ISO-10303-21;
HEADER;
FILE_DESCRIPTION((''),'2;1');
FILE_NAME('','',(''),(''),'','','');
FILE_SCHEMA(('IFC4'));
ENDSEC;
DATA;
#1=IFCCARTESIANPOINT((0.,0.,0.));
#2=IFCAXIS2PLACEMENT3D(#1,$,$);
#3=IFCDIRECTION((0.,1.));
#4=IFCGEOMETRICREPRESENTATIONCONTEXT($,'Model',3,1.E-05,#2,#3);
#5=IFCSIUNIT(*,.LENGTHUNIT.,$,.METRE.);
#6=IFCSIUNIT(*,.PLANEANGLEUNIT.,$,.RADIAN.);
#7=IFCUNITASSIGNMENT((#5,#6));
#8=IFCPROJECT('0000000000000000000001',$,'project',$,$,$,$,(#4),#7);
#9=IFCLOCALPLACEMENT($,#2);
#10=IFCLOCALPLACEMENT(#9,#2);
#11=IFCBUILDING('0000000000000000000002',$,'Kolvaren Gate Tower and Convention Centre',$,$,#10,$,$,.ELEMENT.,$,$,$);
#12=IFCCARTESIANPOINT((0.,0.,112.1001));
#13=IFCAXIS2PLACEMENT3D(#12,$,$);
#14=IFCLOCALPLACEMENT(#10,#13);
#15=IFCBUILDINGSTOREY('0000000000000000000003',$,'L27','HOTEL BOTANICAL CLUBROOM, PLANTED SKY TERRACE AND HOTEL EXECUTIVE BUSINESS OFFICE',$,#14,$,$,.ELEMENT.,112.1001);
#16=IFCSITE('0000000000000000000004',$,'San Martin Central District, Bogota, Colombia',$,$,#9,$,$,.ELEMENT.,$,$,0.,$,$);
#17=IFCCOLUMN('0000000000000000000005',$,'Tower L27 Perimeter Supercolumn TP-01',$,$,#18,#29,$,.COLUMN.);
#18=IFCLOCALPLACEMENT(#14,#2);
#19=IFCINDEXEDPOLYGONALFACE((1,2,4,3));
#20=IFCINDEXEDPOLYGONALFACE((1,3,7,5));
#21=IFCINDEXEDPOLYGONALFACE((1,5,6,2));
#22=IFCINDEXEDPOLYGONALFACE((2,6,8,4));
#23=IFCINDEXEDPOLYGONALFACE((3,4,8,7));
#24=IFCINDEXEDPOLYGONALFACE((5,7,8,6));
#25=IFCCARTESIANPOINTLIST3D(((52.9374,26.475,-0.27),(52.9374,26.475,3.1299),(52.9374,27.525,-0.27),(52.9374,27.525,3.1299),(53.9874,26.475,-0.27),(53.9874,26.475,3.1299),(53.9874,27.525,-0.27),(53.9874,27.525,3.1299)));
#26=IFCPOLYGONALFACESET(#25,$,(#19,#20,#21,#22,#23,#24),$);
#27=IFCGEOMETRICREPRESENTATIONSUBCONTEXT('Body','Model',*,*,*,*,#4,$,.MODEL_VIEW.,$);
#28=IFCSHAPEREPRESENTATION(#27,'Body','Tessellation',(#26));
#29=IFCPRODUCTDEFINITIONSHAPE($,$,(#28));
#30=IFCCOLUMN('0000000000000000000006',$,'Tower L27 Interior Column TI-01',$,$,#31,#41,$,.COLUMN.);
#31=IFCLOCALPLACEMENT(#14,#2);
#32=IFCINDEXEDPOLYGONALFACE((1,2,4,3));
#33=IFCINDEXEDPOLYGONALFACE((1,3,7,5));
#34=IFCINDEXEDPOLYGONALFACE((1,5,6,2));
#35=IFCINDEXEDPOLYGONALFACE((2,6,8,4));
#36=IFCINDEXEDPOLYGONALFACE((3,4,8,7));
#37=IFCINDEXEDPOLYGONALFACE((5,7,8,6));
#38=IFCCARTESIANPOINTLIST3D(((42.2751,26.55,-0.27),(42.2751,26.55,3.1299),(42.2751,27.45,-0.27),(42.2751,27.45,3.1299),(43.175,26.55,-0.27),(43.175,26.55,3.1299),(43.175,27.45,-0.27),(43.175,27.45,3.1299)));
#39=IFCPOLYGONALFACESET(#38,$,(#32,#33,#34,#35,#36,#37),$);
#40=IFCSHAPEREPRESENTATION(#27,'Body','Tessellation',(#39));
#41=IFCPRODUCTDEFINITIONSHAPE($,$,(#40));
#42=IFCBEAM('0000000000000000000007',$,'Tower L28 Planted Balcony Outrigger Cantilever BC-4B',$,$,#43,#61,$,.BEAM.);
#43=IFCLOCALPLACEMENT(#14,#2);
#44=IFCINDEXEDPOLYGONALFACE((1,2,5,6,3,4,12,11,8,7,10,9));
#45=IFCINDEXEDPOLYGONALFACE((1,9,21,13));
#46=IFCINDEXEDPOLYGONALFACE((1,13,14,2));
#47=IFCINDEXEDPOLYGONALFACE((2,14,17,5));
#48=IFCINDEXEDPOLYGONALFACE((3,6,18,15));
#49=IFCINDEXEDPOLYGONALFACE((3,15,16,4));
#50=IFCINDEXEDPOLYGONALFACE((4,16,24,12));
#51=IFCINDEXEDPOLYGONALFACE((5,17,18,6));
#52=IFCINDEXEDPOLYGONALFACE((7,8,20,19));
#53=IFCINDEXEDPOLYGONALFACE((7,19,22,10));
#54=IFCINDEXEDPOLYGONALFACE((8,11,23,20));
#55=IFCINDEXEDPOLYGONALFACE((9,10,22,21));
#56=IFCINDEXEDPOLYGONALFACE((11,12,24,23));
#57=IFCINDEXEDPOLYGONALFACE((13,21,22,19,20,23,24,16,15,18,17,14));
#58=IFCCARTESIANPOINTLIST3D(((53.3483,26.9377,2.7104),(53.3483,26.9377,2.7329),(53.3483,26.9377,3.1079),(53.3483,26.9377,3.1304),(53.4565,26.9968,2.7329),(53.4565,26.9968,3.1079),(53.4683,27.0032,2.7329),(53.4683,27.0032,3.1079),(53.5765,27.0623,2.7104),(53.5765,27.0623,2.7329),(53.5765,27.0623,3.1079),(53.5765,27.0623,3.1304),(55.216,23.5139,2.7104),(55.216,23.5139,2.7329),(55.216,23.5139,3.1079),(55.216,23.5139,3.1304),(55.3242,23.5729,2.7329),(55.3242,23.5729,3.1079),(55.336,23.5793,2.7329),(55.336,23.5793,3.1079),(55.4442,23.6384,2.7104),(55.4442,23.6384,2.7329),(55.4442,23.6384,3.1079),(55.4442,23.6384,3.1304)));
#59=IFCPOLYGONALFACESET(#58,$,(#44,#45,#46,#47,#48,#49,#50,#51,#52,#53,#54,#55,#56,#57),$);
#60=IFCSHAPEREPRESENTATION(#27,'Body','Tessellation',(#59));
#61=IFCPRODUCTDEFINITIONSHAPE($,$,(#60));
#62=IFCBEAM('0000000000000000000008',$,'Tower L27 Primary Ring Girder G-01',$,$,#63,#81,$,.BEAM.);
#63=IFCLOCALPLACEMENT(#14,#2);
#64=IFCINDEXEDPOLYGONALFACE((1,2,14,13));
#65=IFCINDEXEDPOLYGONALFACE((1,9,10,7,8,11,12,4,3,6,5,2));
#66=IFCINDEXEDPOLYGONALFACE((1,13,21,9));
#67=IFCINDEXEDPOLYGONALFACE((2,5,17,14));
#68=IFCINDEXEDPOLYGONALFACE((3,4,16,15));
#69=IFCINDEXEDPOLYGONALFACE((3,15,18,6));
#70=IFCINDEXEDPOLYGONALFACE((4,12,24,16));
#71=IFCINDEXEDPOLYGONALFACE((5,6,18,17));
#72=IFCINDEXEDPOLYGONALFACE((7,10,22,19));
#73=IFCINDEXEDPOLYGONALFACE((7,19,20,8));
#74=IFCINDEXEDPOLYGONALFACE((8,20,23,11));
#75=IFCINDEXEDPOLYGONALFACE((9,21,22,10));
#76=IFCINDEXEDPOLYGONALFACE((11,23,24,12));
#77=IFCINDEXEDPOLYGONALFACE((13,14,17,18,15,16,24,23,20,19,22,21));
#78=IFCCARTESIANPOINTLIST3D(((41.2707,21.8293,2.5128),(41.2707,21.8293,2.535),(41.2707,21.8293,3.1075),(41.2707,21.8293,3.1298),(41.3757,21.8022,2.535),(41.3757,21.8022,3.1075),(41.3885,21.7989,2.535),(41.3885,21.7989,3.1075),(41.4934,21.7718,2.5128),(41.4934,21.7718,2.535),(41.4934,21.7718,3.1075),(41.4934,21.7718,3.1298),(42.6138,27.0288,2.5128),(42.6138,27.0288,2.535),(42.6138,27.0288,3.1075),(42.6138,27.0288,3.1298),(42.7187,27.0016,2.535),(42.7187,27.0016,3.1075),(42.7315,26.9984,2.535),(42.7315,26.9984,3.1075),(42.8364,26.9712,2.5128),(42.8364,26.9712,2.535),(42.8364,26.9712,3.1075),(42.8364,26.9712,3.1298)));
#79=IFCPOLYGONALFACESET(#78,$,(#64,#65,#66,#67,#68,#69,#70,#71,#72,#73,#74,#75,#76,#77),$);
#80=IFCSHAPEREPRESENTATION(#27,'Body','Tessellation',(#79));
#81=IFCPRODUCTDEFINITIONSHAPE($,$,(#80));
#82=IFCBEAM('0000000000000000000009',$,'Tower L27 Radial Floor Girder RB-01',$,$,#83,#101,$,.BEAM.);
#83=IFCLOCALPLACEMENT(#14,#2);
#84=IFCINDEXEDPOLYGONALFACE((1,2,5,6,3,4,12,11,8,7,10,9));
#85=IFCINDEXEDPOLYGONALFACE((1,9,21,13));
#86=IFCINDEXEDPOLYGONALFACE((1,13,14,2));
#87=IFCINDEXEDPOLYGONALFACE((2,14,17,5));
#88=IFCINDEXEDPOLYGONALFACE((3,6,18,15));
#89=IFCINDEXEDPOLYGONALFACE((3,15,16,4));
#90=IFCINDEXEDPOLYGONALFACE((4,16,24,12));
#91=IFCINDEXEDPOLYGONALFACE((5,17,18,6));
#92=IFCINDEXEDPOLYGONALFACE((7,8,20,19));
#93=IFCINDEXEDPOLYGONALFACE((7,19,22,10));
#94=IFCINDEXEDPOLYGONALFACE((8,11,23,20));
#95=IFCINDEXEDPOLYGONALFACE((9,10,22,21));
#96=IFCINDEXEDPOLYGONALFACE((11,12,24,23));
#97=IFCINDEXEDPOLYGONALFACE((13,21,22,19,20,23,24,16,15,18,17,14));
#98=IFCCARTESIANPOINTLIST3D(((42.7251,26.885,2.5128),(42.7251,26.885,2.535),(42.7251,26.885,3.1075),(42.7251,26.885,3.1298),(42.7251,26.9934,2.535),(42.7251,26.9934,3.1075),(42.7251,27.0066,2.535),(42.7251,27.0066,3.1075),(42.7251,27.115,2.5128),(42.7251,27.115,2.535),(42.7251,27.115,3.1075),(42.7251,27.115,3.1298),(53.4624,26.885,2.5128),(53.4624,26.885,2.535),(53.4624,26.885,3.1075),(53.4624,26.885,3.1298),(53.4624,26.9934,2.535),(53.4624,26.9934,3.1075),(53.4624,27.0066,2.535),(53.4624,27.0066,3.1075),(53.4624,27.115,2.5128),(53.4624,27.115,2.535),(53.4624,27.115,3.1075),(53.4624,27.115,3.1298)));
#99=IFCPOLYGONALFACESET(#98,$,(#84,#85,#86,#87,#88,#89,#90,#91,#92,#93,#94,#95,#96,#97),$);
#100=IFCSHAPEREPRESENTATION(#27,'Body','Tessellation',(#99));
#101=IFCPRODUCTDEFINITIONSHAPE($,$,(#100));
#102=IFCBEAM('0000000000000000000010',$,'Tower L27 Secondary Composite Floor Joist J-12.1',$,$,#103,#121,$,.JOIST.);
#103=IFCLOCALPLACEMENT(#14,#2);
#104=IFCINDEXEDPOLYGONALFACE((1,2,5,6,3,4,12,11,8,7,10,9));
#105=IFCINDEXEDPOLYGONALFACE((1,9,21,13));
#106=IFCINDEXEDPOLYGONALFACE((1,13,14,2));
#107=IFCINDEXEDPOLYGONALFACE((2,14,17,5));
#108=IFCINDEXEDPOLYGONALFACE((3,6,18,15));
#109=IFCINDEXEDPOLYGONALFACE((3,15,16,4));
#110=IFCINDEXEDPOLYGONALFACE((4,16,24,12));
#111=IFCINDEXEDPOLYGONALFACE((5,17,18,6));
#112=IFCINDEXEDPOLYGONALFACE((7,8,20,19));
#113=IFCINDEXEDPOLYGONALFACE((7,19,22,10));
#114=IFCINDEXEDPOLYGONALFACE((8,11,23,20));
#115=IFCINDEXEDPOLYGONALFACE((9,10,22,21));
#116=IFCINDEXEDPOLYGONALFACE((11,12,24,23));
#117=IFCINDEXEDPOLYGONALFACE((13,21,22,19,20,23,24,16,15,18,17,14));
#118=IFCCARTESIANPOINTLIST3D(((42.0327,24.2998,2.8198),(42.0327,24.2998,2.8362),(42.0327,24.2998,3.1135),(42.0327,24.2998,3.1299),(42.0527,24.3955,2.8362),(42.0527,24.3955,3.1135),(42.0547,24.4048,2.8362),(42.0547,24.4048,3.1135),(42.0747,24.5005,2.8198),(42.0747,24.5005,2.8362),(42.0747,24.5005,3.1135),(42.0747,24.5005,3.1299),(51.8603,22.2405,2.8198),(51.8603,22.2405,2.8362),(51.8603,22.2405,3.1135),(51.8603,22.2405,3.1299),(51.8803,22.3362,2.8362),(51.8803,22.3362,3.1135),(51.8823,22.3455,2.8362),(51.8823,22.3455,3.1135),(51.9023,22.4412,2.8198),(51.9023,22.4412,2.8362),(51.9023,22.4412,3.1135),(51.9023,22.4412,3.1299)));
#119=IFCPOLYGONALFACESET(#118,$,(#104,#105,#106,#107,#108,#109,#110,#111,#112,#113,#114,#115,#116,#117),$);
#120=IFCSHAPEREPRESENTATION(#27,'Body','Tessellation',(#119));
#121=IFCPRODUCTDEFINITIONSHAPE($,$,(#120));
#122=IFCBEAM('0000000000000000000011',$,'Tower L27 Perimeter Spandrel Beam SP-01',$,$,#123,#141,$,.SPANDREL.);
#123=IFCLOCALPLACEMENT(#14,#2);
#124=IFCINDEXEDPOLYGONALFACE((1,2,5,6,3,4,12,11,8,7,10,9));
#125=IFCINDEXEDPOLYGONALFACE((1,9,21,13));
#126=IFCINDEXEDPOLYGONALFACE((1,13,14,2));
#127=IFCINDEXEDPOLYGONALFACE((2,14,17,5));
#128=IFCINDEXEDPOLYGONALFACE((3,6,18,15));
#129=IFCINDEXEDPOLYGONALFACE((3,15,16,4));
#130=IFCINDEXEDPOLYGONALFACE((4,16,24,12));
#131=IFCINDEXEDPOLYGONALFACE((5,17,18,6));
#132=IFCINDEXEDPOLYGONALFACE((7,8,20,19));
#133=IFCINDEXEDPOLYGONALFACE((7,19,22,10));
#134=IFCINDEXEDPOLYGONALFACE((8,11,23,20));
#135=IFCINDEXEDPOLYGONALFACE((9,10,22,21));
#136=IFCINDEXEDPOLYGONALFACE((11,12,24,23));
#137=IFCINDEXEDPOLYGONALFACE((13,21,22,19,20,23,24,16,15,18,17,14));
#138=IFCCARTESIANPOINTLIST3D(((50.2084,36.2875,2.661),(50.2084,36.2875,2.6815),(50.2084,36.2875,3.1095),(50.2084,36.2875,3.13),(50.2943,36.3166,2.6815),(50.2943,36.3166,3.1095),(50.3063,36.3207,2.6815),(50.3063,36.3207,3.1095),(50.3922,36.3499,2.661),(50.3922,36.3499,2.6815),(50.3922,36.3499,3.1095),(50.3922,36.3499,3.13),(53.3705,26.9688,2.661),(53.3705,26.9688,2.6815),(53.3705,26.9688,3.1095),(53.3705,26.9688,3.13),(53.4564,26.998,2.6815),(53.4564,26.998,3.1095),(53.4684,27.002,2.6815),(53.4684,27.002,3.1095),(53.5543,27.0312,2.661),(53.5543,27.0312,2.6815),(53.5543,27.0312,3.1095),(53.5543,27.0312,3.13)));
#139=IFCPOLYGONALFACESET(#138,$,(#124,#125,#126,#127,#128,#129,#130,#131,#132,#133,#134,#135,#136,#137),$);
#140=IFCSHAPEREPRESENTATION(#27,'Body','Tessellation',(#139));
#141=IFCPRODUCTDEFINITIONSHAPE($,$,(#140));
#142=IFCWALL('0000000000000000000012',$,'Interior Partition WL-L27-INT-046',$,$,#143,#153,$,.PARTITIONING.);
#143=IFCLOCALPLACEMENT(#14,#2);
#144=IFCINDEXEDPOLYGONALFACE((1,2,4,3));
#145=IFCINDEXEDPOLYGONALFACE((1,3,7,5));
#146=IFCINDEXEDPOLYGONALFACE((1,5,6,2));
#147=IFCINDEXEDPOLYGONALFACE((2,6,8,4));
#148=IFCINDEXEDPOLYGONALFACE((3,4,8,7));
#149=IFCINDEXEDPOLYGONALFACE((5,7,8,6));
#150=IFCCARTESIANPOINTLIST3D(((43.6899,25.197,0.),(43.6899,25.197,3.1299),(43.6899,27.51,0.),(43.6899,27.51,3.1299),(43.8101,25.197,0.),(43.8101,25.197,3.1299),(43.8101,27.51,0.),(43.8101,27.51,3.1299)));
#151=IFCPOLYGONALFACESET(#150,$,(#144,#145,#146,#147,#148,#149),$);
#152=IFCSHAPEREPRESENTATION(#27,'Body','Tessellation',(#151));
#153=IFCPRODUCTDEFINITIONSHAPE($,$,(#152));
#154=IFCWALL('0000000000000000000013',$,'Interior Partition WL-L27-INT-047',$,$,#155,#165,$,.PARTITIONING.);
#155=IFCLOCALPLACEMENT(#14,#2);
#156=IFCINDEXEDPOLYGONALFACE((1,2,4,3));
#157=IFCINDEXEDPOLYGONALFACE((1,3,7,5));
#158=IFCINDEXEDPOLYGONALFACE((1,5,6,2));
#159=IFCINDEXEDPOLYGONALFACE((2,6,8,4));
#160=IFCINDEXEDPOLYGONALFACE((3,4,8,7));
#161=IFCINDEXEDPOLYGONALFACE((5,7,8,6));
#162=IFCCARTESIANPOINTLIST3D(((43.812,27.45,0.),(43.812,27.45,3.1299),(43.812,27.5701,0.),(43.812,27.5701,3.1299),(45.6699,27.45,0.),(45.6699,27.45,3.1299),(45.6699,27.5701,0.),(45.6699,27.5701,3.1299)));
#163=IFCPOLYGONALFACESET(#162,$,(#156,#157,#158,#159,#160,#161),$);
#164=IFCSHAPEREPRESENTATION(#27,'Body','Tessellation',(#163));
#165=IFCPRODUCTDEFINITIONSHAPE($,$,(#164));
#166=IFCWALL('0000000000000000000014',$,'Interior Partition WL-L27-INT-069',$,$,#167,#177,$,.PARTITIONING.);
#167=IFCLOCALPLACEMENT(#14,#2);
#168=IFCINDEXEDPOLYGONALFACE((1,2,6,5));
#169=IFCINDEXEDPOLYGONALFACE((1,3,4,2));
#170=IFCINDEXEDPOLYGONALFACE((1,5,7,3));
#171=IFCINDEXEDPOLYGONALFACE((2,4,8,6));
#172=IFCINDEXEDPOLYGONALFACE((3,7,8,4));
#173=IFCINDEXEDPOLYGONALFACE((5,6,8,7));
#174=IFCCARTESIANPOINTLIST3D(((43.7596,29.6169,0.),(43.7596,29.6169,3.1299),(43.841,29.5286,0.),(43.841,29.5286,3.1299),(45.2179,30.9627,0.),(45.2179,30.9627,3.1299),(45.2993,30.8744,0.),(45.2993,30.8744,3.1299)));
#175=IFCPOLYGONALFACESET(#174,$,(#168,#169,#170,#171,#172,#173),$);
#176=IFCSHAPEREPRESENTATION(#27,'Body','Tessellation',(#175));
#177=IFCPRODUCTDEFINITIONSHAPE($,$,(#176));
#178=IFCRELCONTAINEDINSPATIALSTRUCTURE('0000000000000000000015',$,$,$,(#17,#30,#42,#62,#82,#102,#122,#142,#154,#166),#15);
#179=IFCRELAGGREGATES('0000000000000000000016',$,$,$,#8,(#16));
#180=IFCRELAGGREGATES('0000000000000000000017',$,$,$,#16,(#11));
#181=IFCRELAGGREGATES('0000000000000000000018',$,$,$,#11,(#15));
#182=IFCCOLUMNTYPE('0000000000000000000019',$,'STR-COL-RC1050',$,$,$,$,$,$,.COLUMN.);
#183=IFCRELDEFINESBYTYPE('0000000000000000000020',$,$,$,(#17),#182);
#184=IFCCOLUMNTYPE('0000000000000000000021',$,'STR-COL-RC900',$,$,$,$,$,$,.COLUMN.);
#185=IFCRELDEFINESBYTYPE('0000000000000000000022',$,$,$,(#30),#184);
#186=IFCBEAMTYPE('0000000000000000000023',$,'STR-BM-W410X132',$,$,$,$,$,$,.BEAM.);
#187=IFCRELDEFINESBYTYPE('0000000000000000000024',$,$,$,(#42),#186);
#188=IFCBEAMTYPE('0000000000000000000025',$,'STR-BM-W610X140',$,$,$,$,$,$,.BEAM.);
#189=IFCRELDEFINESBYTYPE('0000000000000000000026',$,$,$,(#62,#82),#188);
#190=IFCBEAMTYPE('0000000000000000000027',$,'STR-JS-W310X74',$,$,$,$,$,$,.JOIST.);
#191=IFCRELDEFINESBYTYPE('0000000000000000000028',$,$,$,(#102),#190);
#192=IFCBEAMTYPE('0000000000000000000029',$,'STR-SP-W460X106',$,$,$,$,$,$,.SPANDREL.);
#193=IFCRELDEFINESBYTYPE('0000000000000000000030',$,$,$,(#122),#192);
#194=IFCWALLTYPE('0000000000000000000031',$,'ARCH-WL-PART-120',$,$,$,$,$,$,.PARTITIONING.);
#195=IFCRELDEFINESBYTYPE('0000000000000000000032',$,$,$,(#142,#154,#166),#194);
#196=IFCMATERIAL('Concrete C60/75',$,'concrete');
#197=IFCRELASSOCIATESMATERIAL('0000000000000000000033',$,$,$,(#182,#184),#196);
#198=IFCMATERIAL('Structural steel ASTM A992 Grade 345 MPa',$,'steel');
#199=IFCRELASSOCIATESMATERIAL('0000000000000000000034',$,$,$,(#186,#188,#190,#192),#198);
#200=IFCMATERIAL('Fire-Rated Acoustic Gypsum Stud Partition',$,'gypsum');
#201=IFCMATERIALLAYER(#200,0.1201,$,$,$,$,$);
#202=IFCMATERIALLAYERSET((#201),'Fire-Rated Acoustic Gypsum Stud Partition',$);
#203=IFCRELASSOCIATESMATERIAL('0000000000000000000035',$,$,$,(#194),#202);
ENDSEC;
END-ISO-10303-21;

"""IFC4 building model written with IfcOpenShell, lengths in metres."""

from ifc_helpers import new_model, si_unit, direction, frame, frame_2d, origin, origin_2d, place, context, subcontext, project, spatial, rectangle, i_section, extrude, material, layer, layer_set, material_profile, profile_set, type_object, element, save


model = new_model("IFC4")

# Units and contexts
model_context = context("Model", 3, precision=1e-05, world=origin(), true_north=direction((0.0, 1.0)))
body_context = subcontext(model_context, "Body", "Model", "MODEL_VIEW")
ifc_project = project(units=[si_unit("LENGTHUNIT", "METRE"), si_unit("PLANEANGLEUNIT", "RADIAN")], contexts=[model_context])

# Site, building, storey
site_placement = place(None, origin())
site = spatial("IfcSite", under=ifc_project, at=site_placement, Name="San Martin Central District, Bogota, Colombia", CompositionType="ELEMENT", RefElevation=0.0)
building_placement = place(site_placement, origin())
building = spatial("IfcBuilding", under=site, at=building_placement, Name="Kolvaren Gate Tower and Convention Centre", CompositionType="ELEMENT")
storey_placement = place(building_placement, frame((0.0, 0.0, 112.1001)))
storey = spatial("IfcBuildingStorey", under=building, at=storey_placement, Name="L27", Description="HOTEL BOTANICAL CLUBROOM, PLANTED SKY TERRACE AND HOTEL EXECUTIVE BUSINESS OFFICE", CompositionType="ELEMENT", Elevation=112.1001)

# Columns
ifc_material_1 = material(Name="Concrete C60/75", Category="concrete")
ifc_material_profile_1 = material_profile(ifc_material_1, rectangle(XDim=1.05, YDim=1.05, at=origin_2d()), Name="RC-COL-1050X1050")
ifc_profile_set_1 = profile_set([ifc_material_profile_1], Name="Concrete C60/75")
column_type_1 = type_object("IfcColumnType", Name="STR-COL-RC1050", PredefinedType="COLUMN", material=ifc_profile_set_1)
column_1_placement = place(storey_placement, frame((53.4624, 27.0, -0.27), z_axis=(0.0, 0.0, 1.0), x_axis=(1.0, 0.0, 0.0)))
element("IfcColumn", 1, at=column_1_placement, inside=storey, type_object=column_type_1, Name="Tower L27 Perimeter Supercolumn TP-01", PredefinedType="COLUMN", context=body_context, shape_type="SweptSolid", body=[
    extrude(rectangle(XDim=1.05, YDim=1.05, at=origin_2d()), origin(), (0.0, 0.0, 1.0), 3.3999),
])
ifc_material_profile_2 = material_profile(ifc_material_1, rectangle(XDim=0.8999, YDim=0.8999, at=origin_2d()), Name="RC-COL-900X900")
ifc_profile_set_2 = profile_set([ifc_material_profile_2], Name="Concrete C60/75")
column_type_2 = type_object("IfcColumnType", Name="STR-COL-RC900", PredefinedType="COLUMN", material=ifc_profile_set_2)
column_2_placement = place(storey_placement, frame((42.7251, 27.0, -0.27), z_axis=(0.0, 0.0, 1.0), x_axis=(1.0, 0.0, 0.0)))
element("IfcColumn", 2, at=column_2_placement, inside=storey, type_object=column_type_2, Name="Tower L27 Interior Column TI-01", PredefinedType="COLUMN", context=body_context, shape_type="SweptSolid", body=[
    extrude(rectangle(XDim=0.8999, YDim=0.8999, at=origin_2d()), origin(), (0.0, 0.0, 1.0), 3.3999),
])

# Beams
ifc_material_2 = material(Name="Structural steel ASTM A992 Grade 345 MPa", Category="steel")
ifc_material_profile_3 = material_profile(ifc_material_2, i_section(OverallWidth=0.26, OverallDepth=0.4199, WebThickness=0.0134, FlangeThickness=0.0225, at=origin_2d()), Name="W410X132")
ifc_profile_set_3 = profile_set([ifc_material_profile_3], Name="Structural steel ASTM A992 Grade 345 MPa")
beam_type_1 = type_object("IfcBeamType", Name="STR-BM-W410X132", PredefinedType="BEAM", material=ifc_profile_set_3)
beam_1_placement = place(storey_placement, frame((53.4624, 27.0, 2.9204), z_axis=(0.478878, -0.877881, 0.0), x_axis=(0.877881, 0.478878, 0.0)))
element("IfcBeam", 3, at=beam_1_placement, inside=storey, type_object=beam_type_1, Name="Tower L28 Planted Balcony Outrigger Cantilever BC-4B", PredefinedType="BEAM", context=body_context, shape_type="SweptSolid", body=[
    extrude(i_section(OverallWidth=0.26, OverallDepth=0.4199, WebThickness=0.0134, FlangeThickness=0.0225, at=origin_2d()), origin(), (0.0, 0.0, 1.0), 3.9001),
])
ifc_material_profile_4 = material_profile(ifc_material_2, i_section(OverallWidth=0.23, OverallDepth=0.6169, WebThickness=0.0132, FlangeThickness=0.0222, at=origin_2d()), Name="W610X140")
ifc_profile_set_4 = profile_set([ifc_material_profile_4], Name="Structural steel ASTM A992 Grade 345 MPa")
beam_type_2 = type_object("IfcBeamType", Name="STR-BM-W610X140", PredefinedType="BEAM", material=ifc_profile_set_4)
beam_2_placement = place(storey_placement, frame((42.7251, 27.0, 2.8213), z_axis=(-0.250091, -0.968222, 0.0), x_axis=(0.968222, -0.250091, 0.0)))
element("IfcBeam", 4, at=beam_2_placement, inside=storey, type_object=beam_type_2, Name="Tower L27 Primary Ring Girder G-01", PredefinedType="BEAM", context=body_context, shape_type="SweptSolid", body=[
    extrude(i_section(OverallWidth=0.23, OverallDepth=0.6169, WebThickness=0.0132, FlangeThickness=0.0222, at=origin_2d()), origin(), (0.0, 0.0, 1.0), 5.3701),
])
beam_3_placement = place(storey_placement, frame((42.7251, 27.0, 2.8213), z_axis=(1.0, 0.0, 0.0), x_axis=(0.0, 1.0, 0.0)))
element("IfcBeam", 5, at=beam_3_placement, inside=storey, type_object=beam_type_2, Name="Tower L27 Radial Floor Girder RB-01", PredefinedType="BEAM", context=body_context, shape_type="SweptSolid", body=[
    extrude(i_section(OverallWidth=0.23, OverallDepth=0.6169, WebThickness=0.0132, FlangeThickness=0.0222, at=origin_2d()), origin(), (0.0, 0.0, 1.0), 10.7373),
])
ifc_material_profile_5 = material_profile(ifc_material_2, i_section(OverallWidth=0.2051, OverallDepth=0.3101, WebThickness=0.0095, FlangeThickness=0.0164, at=origin_2d()), Name="W310X74")
ifc_profile_set_5 = profile_set([ifc_material_profile_5], Name="Structural steel ASTM A992 Grade 345 MPa")
beam_type_3 = type_object("IfcBeamType", Name="STR-JS-W310X74", PredefinedType="JOIST", material=ifc_profile_set_5)
beam_4_placement = place(storey_placement, frame((42.0537, 24.4001, 2.9749), z_axis=(0.978743, -0.20509, 0.0), x_axis=(0.20509, 0.978743, 0.0)))
element("IfcBeam", 6, at=beam_4_placement, inside=storey, type_object=beam_type_3, Name="Tower L27 Secondary Composite Floor Joist J-12.1", PredefinedType="JOIST", context=body_context, shape_type="SweptSolid", body=[
    extrude(i_section(OverallWidth=0.2051, OverallDepth=0.3101, WebThickness=0.0095, FlangeThickness=0.0164, at=origin_2d()), origin(), (0.0, 0.0, 1.0), 10.041),
])
ifc_material_profile_6 = material_profile(ifc_material_2, i_section(OverallWidth=0.1941, OverallDepth=0.469, WebThickness=0.0127, FlangeThickness=0.0205, at=origin_2d()), Name="W460X106")
ifc_profile_set_6 = profile_set([ifc_material_profile_6], Name="Structural steel ASTM A992 Grade 345 MPa")
beam_type_4 = type_object("IfcBeamType", Name="STR-SP-W460X106", PredefinedType="SPANDREL", material=ifc_profile_set_6)
beam_5_placement = place(storey_placement, frame((53.4624, 27.0, 2.8955), z_axis=(-0.321336, 0.946965, 0.0), x_axis=(-0.946965, -0.321336, 0.0)))
element("IfcBeam", 7, at=beam_5_placement, inside=storey, type_object=beam_type_4, Name="Tower L27 Perimeter Spandrel Beam SP-01", PredefinedType="SPANDREL", context=body_context, shape_type="SweptSolid", body=[
    extrude(i_section(OverallWidth=0.1941, OverallDepth=0.469, WebThickness=0.0127, FlangeThickness=0.0205, at=origin_2d()), origin(), (0.0, 0.0, 1.0), 9.8406),
])

# Walls
ifc_material_3 = material(Name="Fire-Rated Acoustic Gypsum Stud Partition", Category="gypsum")
ifc_layer_1 = layer(ifc_material_3, 0.1201)
ifc_layer_set_1 = layer_set([ifc_layer_1], Name="Fire-Rated Acoustic Gypsum Stud Partition")
wall_type_1 = type_object("IfcWallType", Name="ARCH-WL-PART-120", PredefinedType="PARTITIONING", material=ifc_layer_set_1)
wall_1_placement = place(storey_placement, frame((43.75, 25.197, 0.0), z_axis=(0.0, 0.0, 1.0), x_axis=(0.0, 1.0, 0.0)))
element("IfcWall", 8, at=wall_1_placement, inside=storey, type_object=wall_type_1, Name="Interior Partition WL-L27-INT-046", PredefinedType="PARTITIONING", context=body_context, shape_type="SweptSolid", body=[
    extrude(rectangle(XDim=2.313, YDim=0.1201, at=frame_2d((1.1565, 0.0))), origin(), (0.0, 0.0, 1.0), 3.1299),
])
wall_2_placement = place(storey_placement, frame((43.812, 27.51, 0.0), z_axis=(0.0, 0.0, 1.0), x_axis=(1.0, 0.0, 0.0)))
element("IfcWall", 9, at=wall_2_placement, inside=storey, type_object=wall_type_1, Name="Interior Partition WL-L27-INT-047", PredefinedType="PARTITIONING", context=body_context, shape_type="SweptSolid", body=[
    extrude(rectangle(XDim=1.8579, YDim=0.1201, at=frame_2d((0.929, 0.0))), origin(), (0.0, 0.0, 1.0), 3.1299),
])
wall_3_placement = place(storey_placement, frame((43.8003, 29.5728, 0.0), z_axis=(0.0, 0.0, 1.0), x_axis=(0.734898, 0.678178, 0.0)))
element("IfcWall", 10, at=wall_3_placement, inside=storey, type_object=wall_type_1, Name="Interior Partition WL-L27-INT-069", PredefinedType="PARTITIONING", context=body_context, shape_type="SweptSolid", body=[
    extrude(rectangle(XDim=1.9844, YDim=0.1201, at=frame_2d((0.9922, 0.0))), origin(), (0.0, 0.0, 1.0), 3.1299),
])

save(model, "model.ifc")
